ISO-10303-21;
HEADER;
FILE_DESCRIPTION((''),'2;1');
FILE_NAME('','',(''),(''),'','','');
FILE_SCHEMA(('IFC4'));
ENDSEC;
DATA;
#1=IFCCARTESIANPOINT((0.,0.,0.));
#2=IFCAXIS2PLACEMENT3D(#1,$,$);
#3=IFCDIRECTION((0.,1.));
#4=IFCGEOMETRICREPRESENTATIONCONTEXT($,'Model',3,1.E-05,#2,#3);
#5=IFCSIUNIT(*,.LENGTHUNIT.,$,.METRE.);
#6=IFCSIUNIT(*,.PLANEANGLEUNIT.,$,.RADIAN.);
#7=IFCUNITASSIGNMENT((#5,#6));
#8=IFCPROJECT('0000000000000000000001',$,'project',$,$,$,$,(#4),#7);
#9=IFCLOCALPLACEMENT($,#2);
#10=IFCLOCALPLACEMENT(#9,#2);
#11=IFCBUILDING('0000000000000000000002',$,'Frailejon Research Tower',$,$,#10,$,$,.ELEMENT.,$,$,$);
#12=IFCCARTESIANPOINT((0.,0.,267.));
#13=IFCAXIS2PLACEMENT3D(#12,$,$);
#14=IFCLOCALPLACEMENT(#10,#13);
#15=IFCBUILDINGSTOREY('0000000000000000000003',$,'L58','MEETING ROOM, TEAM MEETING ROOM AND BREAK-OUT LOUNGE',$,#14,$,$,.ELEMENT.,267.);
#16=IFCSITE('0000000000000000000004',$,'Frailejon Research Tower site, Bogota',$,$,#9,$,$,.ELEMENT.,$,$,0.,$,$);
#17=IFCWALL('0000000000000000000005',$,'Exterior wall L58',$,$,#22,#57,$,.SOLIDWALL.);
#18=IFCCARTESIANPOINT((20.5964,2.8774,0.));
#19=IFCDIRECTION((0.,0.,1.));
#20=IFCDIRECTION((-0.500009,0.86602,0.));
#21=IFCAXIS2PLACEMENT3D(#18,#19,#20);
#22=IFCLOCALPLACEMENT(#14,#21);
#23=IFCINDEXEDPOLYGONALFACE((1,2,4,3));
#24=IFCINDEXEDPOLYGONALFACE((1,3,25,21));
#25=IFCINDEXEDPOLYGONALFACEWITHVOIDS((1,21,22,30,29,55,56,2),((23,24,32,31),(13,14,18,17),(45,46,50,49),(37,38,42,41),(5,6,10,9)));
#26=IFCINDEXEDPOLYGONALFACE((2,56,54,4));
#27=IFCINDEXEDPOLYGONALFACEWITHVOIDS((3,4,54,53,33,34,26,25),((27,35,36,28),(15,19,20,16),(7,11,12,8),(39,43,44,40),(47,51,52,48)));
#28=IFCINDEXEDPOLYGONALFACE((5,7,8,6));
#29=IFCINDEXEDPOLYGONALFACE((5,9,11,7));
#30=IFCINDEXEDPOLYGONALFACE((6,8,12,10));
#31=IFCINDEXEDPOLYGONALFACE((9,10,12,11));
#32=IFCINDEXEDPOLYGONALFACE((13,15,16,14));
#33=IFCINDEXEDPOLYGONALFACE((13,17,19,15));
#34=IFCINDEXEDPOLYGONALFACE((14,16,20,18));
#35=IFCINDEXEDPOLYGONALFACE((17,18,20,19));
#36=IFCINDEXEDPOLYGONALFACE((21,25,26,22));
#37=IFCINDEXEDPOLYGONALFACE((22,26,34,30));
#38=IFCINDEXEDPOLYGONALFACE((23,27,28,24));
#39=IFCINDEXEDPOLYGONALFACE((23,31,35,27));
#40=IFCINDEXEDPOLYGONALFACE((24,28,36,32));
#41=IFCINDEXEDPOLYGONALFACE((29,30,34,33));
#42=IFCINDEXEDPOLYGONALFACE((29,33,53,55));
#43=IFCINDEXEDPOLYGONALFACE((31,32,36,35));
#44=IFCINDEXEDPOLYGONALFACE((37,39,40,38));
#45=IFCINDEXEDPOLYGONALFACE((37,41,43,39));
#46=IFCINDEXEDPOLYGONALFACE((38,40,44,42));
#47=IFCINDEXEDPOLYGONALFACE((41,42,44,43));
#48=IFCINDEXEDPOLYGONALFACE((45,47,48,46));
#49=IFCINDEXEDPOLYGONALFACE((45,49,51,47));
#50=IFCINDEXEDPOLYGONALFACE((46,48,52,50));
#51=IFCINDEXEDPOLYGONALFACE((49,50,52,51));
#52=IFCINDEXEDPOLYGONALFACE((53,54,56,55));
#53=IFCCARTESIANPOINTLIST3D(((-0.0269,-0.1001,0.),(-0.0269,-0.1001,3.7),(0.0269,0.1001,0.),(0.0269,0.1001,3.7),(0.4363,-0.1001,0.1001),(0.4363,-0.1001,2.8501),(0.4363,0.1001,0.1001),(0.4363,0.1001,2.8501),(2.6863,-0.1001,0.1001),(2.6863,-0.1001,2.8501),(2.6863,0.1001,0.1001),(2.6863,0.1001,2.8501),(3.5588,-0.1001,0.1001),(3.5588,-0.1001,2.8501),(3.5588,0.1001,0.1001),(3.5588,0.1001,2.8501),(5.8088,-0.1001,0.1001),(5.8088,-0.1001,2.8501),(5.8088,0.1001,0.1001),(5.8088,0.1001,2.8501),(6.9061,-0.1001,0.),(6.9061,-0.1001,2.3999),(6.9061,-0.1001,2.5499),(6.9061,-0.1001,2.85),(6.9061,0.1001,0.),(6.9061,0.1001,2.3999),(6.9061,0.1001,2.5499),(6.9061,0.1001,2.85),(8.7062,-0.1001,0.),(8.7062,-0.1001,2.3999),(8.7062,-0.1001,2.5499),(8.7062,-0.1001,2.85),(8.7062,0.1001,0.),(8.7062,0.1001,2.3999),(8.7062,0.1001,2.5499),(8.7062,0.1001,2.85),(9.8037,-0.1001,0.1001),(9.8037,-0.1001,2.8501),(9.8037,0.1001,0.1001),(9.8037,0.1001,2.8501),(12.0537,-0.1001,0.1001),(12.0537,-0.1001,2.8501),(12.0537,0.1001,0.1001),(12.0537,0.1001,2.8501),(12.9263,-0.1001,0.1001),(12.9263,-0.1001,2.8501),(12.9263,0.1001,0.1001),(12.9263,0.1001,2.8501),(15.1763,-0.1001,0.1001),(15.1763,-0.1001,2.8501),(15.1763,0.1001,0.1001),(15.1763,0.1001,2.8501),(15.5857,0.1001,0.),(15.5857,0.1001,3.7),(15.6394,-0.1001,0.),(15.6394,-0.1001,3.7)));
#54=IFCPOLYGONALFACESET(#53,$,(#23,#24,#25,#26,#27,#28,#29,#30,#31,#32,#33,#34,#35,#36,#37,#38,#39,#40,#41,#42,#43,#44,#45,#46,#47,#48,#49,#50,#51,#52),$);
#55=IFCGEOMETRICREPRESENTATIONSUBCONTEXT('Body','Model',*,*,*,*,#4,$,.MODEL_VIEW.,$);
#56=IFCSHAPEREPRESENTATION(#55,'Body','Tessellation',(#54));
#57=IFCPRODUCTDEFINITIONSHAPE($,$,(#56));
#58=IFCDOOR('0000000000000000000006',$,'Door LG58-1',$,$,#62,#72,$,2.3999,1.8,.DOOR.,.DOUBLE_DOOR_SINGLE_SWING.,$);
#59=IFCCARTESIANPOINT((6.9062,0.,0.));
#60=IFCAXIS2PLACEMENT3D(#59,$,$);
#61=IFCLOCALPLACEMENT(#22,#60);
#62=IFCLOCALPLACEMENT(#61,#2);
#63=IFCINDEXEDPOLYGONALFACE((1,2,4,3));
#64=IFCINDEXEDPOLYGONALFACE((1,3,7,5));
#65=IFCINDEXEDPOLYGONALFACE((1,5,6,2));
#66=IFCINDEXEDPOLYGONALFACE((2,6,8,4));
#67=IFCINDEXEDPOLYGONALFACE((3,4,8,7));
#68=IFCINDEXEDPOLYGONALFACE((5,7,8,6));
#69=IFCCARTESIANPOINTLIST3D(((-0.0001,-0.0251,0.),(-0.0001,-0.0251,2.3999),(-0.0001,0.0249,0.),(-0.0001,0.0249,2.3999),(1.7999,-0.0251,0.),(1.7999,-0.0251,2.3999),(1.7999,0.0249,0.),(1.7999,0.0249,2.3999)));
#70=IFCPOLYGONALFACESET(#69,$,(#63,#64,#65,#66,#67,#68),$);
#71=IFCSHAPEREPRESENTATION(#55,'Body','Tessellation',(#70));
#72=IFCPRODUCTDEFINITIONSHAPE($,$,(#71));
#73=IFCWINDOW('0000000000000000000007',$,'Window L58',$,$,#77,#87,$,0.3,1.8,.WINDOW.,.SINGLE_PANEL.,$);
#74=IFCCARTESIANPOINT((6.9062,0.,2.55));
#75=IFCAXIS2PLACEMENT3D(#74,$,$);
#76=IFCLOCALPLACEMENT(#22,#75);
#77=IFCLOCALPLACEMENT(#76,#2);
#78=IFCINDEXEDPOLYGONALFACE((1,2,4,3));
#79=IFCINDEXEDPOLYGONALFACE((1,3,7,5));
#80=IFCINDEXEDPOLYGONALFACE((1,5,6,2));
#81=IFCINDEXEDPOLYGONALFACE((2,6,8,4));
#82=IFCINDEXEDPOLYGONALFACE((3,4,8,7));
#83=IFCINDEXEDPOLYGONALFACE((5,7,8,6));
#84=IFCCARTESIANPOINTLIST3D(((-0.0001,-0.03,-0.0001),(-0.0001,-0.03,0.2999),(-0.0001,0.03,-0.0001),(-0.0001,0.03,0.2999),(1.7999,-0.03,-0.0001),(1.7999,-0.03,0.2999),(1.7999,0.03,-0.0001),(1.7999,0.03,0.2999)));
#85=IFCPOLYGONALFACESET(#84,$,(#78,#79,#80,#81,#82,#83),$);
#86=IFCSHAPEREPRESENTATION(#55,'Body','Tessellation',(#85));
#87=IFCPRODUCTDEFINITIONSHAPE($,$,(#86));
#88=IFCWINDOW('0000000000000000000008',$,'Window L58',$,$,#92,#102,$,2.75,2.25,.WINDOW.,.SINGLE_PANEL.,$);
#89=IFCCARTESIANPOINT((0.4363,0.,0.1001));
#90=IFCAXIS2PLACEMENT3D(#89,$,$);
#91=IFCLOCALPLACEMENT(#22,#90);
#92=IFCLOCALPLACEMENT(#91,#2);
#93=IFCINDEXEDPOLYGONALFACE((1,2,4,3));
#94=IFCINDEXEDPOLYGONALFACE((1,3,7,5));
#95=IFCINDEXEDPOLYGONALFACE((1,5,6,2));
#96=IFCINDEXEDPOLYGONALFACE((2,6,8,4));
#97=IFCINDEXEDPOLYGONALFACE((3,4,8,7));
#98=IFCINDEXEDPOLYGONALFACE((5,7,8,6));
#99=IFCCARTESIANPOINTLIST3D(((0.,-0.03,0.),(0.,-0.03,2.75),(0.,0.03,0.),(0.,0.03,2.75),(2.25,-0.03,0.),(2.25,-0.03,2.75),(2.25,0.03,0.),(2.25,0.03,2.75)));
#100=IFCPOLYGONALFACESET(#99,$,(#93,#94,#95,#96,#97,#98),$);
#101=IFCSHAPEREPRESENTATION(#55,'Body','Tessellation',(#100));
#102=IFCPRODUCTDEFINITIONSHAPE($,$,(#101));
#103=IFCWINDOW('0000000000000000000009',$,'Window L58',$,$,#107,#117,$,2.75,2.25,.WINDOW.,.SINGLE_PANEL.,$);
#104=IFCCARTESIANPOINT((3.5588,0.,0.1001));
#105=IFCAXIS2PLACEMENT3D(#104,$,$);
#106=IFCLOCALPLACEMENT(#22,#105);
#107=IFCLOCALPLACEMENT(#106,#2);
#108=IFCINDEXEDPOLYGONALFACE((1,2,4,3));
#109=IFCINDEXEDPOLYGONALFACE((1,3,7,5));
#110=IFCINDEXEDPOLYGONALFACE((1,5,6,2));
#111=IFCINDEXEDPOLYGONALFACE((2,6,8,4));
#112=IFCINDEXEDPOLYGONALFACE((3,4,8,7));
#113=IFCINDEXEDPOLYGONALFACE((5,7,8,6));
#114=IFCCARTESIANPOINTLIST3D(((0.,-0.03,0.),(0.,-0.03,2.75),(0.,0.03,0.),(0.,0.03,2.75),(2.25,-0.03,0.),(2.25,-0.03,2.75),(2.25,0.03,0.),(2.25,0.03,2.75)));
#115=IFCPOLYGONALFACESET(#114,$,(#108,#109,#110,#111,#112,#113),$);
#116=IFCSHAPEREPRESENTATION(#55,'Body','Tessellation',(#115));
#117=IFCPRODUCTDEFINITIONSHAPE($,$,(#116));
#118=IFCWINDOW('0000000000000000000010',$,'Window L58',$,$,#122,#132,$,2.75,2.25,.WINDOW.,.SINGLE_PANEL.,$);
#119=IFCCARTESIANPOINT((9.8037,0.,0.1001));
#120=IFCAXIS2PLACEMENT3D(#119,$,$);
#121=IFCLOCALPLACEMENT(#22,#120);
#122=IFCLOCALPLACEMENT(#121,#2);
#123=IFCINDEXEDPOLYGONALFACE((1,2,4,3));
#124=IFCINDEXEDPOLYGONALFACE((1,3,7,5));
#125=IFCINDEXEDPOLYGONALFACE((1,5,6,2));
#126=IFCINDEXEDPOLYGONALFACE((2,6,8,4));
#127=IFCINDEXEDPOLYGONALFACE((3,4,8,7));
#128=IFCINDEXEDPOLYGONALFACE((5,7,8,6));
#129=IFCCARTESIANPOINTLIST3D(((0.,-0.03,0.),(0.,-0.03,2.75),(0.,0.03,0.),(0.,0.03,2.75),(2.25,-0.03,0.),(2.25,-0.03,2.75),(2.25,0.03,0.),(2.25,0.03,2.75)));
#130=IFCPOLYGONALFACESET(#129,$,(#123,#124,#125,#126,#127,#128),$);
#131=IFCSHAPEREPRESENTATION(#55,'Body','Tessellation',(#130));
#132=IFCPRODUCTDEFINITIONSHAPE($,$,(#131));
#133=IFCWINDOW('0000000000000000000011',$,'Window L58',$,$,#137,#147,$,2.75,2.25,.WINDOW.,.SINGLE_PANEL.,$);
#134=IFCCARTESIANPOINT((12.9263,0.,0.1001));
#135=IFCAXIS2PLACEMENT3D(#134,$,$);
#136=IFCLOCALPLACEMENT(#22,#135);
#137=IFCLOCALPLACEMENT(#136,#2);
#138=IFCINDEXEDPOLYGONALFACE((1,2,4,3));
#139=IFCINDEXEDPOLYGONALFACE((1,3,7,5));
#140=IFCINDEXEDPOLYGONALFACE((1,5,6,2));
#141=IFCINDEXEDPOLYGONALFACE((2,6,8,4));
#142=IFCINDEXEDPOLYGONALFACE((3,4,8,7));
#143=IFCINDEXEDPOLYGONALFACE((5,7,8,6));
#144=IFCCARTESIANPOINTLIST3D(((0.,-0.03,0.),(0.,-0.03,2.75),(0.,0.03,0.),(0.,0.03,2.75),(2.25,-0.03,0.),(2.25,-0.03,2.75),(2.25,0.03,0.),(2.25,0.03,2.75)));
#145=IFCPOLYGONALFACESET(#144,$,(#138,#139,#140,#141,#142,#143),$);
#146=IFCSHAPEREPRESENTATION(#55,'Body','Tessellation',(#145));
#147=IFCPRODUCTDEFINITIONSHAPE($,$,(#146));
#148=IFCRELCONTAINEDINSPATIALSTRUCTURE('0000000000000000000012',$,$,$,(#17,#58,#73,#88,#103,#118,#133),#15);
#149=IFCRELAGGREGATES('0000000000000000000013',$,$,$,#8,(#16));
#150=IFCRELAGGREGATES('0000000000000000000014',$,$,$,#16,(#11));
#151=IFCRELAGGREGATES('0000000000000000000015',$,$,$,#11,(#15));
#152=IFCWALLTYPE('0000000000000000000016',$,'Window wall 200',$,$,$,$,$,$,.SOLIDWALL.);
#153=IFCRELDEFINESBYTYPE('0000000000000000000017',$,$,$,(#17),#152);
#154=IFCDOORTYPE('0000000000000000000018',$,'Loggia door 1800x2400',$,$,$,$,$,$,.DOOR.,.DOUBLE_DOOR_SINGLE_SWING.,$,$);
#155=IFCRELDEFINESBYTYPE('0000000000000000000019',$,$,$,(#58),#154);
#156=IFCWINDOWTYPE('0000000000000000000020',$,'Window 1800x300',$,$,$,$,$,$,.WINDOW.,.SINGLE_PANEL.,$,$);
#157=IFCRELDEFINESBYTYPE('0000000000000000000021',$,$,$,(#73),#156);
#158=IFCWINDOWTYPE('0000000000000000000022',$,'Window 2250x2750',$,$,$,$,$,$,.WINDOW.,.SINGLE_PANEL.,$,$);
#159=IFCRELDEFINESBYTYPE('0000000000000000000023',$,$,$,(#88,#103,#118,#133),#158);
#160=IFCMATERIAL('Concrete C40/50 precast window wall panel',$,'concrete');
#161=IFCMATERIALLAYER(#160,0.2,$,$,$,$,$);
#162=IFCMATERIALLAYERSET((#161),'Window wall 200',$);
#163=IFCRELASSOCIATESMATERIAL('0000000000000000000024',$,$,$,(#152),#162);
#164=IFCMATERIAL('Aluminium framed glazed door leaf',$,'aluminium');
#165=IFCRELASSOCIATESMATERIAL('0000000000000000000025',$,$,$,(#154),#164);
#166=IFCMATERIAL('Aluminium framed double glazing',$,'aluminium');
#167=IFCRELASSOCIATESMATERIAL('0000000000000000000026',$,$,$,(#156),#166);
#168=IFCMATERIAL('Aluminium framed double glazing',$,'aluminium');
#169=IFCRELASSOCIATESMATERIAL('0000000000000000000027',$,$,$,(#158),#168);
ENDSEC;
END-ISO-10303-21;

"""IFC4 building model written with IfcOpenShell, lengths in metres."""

from ifc_helpers import new_model, si_unit, direction, frame, frame_2d, origin, place, context, subcontext, project, spatial, polyline, rectangle, outline, extrude, material, layer, layer_set, type_object, element, fill, save


model = new_model("IFC4")

# Units and contexts
model_context = context("Model", 3, precision=1e-05, world=origin(), true_north=direction((0.0, 1.0)))
body_context = subcontext(model_context, "Body", "Model", "MODEL_VIEW")
ifc_project = project(units=[si_unit("LENGTHUNIT", "METRE"), si_unit("PLANEANGLEUNIT", "RADIAN")], contexts=[model_context])

# Site, building, storey
site_placement = place(None, origin())
site = spatial("IfcSite", under=ifc_project, at=site_placement, Name="Frailejon Research Tower site, Bogota", CompositionType="ELEMENT", RefElevation=0.0)
building_placement = place(site_placement, origin())
building = spatial("IfcBuilding", under=site, at=building_placement, Name="Frailejon Research Tower", CompositionType="ELEMENT")
storey_placement = place(building_placement, frame((0.0, 0.0, 267.0)))
storey = spatial("IfcBuildingStorey", under=building, at=storey_placement, Name="L58", Description="MEETING ROOM, TEAM MEETING ROOM AND BREAK-OUT LOUNGE", CompositionType="ELEMENT", Elevation=267.0)

# Wall, openings, door, windows
ifc_material_1 = material(Name="Concrete C40/50 precast window wall panel", Category="concrete")
ifc_layer_1 = layer(ifc_material_1, 0.2)
ifc_layer_set_1 = layer_set([ifc_layer_1], Name="Window wall 200")
wall_type = type_object("IfcWallType", Name="Window wall 200", PredefinedType="SOLIDWALL", material=ifc_layer_set_1)
wall_placement = place(storey_placement, frame((20.5964, 2.8774, 0.0), z_axis=(0.0, 0.0, 1.0), x_axis=(-0.500009, 0.86602, 0.0)))
wall = element("IfcWall", 1, at=wall_placement, inside=storey, type_object=wall_type, Name="Exterior wall L58", PredefinedType="SOLIDWALL", context=body_context, shape_type="SweptSolid", body=[
    extrude(outline(polyline([(-0.0269, -0.1001), (1.0176, -0.1001), (2.062, -0.1001), (3.1064, -0.1001), (4.1509, -0.1001), (5.1953, -0.1001), (6.2397, -0.1001), (7.2842, -0.1001), (8.3284, -0.1001), (9.3728, -0.1001), (10.4172, -0.1001), (11.4617, -0.1001), (12.5061, -0.1001), (13.5505, -0.1001), (14.595, -0.1001), (15.6394, -0.1001), (15.5857, 0.1001), (14.5483, 0.1001), (13.5112, 0.1001), (12.4739, 0.1001), (11.4368, 0.1001), (10.3994, 0.1001), (9.3621, 0.1001), (8.325, 0.1001), (7.2876, 0.1001), (6.2505, 0.1001), (5.2131, 0.1001), (4.1758, 0.1001), (3.1387, 0.1001), (2.1013, 0.1001), (1.0642, 0.1001), (0.0269, 0.1001), (-0.0269, -0.1001)])), origin(), (0.0, 0.0, 1.0), 3.7),
])
opening_1_placement = place(wall_placement, frame((0.4363, 0.0, 0.1001)))
opening_1 = element("IfcOpeningElement", 2, at=opening_1_placement, cuts=wall, PredefinedType="OPENING", context=body_context, shape_type="SweptSolid", body=[
    extrude(rectangle(XDim=2.25, YDim=2.75, at=frame_2d((1.125, 1.375))), frame((0.0, 0.1099, 0.0), z_axis=(0.0, -1.0, 0.0), x_axis=(1.0, 0.0, 0.0)), (0.0, 0.0, 1.0), 0.22),
])
opening_2_placement = place(wall_placement, frame((3.5588, 0.0, 0.1001)))
opening_2 = element("IfcOpeningElement", 3, at=opening_2_placement, cuts=wall, PredefinedType="OPENING", context=body_context, shape_type="SweptSolid", body=[
    extrude(rectangle(XDim=2.25, YDim=2.75, at=frame_2d((1.125, 1.375))), frame((0.0, 0.1099, 0.0), z_axis=(0.0, -1.0, 0.0), x_axis=(1.0, 0.0, 0.0)), (0.0, 0.0, 1.0), 0.22),
])
opening_3_placement = place(wall_placement, frame((6.9062, 0.0, 0.0)))
opening_3 = element("IfcOpeningElement", 4, at=opening_3_placement, cuts=wall, PredefinedType="OPENING", context=body_context, shape_type="SweptSolid", body=[
    extrude(rectangle(XDim=1.8, YDim=2.3999, at=frame_2d((0.8999, 1.2))), frame((0.0, 0.1099, 0.0), z_axis=(0.0, -1.0, 0.0), x_axis=(1.0, 0.0, 0.0)), (0.0, 0.0, 1.0), 0.22),
])
opening_4_placement = place(wall_placement, frame((6.9062, 0.0, 2.55)))
opening_4 = element("IfcOpeningElement", 5, at=opening_4_placement, cuts=wall, PredefinedType="OPENING", context=body_context, shape_type="SweptSolid", body=[
    extrude(rectangle(XDim=1.8, YDim=0.3, at=frame_2d((0.8999, 0.1499))), frame((0.0, 0.1099, 0.0), z_axis=(0.0, -1.0, 0.0), x_axis=(1.0, 0.0, 0.0)), (0.0, 0.0, 1.0), 0.22),
])
opening_5_placement = place(wall_placement, frame((9.8037, 0.0, 0.1001)))
opening_5 = element("IfcOpeningElement", 6, at=opening_5_placement, cuts=wall, PredefinedType="OPENING", context=body_context, shape_type="SweptSolid", body=[
    extrude(rectangle(XDim=2.25, YDim=2.75, at=frame_2d((1.125, 1.375))), frame((0.0, 0.1099, 0.0), z_axis=(0.0, -1.0, 0.0), x_axis=(1.0, 0.0, 0.0)), (0.0, 0.0, 1.0), 0.22),
])
opening_6_placement = place(wall_placement, frame((12.9263, 0.0, 0.1001)))
opening_6 = element("IfcOpeningElement", 7, at=opening_6_placement, cuts=wall, PredefinedType="OPENING", context=body_context, shape_type="SweptSolid", body=[
    extrude(rectangle(XDim=2.25, YDim=2.75, at=frame_2d((1.125, 1.375))), frame((0.0, 0.1099, 0.0), z_axis=(0.0, -1.0, 0.0), x_axis=(1.0, 0.0, 0.0)), (0.0, 0.0, 1.0), 0.22),
])
ifc_material_2 = material(Name="Aluminium framed glazed door leaf", Category="aluminium")
door_type = type_object("IfcDoorType", Name="Loggia door 1800x2400", OperationType="DOUBLE_DOOR_SINGLE_SWING", PredefinedType="DOOR", material=ifc_material_2)
door_placement = place(opening_3_placement, origin())
door = element("IfcDoor", 8, at=door_placement, inside=storey, type_object=door_type, Name="Door LG58-1", OperationType="DOUBLE_DOOR_SINGLE_SWING", OverallHeight=2.3999, OverallWidth=1.8, PredefinedType="DOOR", context=body_context, shape_type="SweptSolid", body=[
    extrude(rectangle(XDim=1.8, YDim=2.3999, at=frame_2d((0.8999, 1.2))), frame((0.0, 0.0249, 0.0), z_axis=(0.0, -1.0, 0.0), x_axis=(1.0, 0.0, 0.0)), (0.0, 0.0, 1.0), 0.05),
])
fill(opening_3, door)
ifc_material_3 = material(Name="Aluminium framed double glazing", Category="aluminium")
window_type_1 = type_object("IfcWindowType", Name="Window 1800x300", PartitioningType="SINGLE_PANEL", PredefinedType="WINDOW", material=ifc_material_3)
window_1_placement = place(opening_4_placement, origin())
window_1 = element("IfcWindow", 9, at=window_1_placement, inside=storey, type_object=window_type_1, Name="Window L58", OverallHeight=0.3, OverallWidth=1.8, PartitioningType="SINGLE_PANEL", PredefinedType="WINDOW", context=body_context, shape_type="SweptSolid", body=[
    extrude(rectangle(XDim=1.8, YDim=0.3, at=frame_2d((0.8999, 0.1499))), frame((0.0, 0.03, 0.0), z_axis=(0.0, -1.0, 0.0), x_axis=(1.0, 0.0, 0.0)), (0.0, 0.0, 1.0), 0.0601),
])
fill(opening_4, window_1)
ifc_material_4 = material(Name="Aluminium framed double glazing", Category="aluminium")
window_type_2 = type_object("IfcWindowType", Name="Window 2250x2750", PartitioningType="SINGLE_PANEL", PredefinedType="WINDOW", material=ifc_material_4)
window_2_placement = place(opening_1_placement, origin())
window_2 = element("IfcWindow", 10, at=window_2_placement, inside=storey, type_object=window_type_2, Name="Window L58", OverallHeight=2.75, OverallWidth=2.25, PartitioningType="SINGLE_PANEL", PredefinedType="WINDOW", context=body_context, shape_type="SweptSolid", body=[
    extrude(rectangle(XDim=2.25, YDim=2.75, at=frame_2d((1.125, 1.375))), frame((0.0, 0.03, 0.0), z_axis=(0.0, -1.0, 0.0), x_axis=(1.0, 0.0, 0.0)), (0.0, 0.0, 1.0), 0.0601),
])
fill(opening_1, window_2)
window_3_placement = place(opening_2_placement, origin())
window_3 = element("IfcWindow", 11, at=window_3_placement, inside=storey, type_object=window_type_2, Name="Window L58", OverallHeight=2.75, OverallWidth=2.25, PartitioningType="SINGLE_PANEL", PredefinedType="WINDOW", context=body_context, shape_type="SweptSolid", body=[
    extrude(rectangle(XDim=2.25, YDim=2.75, at=frame_2d((1.125, 1.375))), frame((0.0, 0.03, 0.0), z_axis=(0.0, -1.0, 0.0), x_axis=(1.0, 0.0, 0.0)), (0.0, 0.0, 1.0), 0.0601),
])
fill(opening_2, window_3)
window_4_placement = place(opening_5_placement, origin())
window_4 = element("IfcWindow", 12, at=window_4_placement, inside=storey, type_object=window_type_2, Name="Window L58", OverallHeight=2.75, OverallWidth=2.25, PartitioningType="SINGLE_PANEL", PredefinedType="WINDOW", context=body_context, shape_type="SweptSolid", body=[
    extrude(rectangle(XDim=2.25, YDim=2.75, at=frame_2d((1.125, 1.375))), frame((0.0, 0.03, 0.0), z_axis=(0.0, -1.0, 0.0), x_axis=(1.0, 0.0, 0.0)), (0.0, 0.0, 1.0), 0.0601),
])
fill(opening_5, window_4)
window_5_placement = place(opening_6_placement, origin())
window_5 = element("IfcWindow", 13, at=window_5_placement, inside=storey, type_object=window_type_2, Name="Window L58", OverallHeight=2.75, OverallWidth=2.25, PartitioningType="SINGLE_PANEL", PredefinedType="WINDOW", context=body_context, shape_type="SweptSolid", body=[
    extrude(rectangle(XDim=2.25, YDim=2.75, at=frame_2d((1.125, 1.375))), frame((0.0, 0.03, 0.0), z_axis=(0.0, -1.0, 0.0), x_axis=(1.0, 0.0, 0.0)), (0.0, 0.0, 1.0), 0.0601),
])
fill(opening_6, window_5)

save(model, "model.ifc")
